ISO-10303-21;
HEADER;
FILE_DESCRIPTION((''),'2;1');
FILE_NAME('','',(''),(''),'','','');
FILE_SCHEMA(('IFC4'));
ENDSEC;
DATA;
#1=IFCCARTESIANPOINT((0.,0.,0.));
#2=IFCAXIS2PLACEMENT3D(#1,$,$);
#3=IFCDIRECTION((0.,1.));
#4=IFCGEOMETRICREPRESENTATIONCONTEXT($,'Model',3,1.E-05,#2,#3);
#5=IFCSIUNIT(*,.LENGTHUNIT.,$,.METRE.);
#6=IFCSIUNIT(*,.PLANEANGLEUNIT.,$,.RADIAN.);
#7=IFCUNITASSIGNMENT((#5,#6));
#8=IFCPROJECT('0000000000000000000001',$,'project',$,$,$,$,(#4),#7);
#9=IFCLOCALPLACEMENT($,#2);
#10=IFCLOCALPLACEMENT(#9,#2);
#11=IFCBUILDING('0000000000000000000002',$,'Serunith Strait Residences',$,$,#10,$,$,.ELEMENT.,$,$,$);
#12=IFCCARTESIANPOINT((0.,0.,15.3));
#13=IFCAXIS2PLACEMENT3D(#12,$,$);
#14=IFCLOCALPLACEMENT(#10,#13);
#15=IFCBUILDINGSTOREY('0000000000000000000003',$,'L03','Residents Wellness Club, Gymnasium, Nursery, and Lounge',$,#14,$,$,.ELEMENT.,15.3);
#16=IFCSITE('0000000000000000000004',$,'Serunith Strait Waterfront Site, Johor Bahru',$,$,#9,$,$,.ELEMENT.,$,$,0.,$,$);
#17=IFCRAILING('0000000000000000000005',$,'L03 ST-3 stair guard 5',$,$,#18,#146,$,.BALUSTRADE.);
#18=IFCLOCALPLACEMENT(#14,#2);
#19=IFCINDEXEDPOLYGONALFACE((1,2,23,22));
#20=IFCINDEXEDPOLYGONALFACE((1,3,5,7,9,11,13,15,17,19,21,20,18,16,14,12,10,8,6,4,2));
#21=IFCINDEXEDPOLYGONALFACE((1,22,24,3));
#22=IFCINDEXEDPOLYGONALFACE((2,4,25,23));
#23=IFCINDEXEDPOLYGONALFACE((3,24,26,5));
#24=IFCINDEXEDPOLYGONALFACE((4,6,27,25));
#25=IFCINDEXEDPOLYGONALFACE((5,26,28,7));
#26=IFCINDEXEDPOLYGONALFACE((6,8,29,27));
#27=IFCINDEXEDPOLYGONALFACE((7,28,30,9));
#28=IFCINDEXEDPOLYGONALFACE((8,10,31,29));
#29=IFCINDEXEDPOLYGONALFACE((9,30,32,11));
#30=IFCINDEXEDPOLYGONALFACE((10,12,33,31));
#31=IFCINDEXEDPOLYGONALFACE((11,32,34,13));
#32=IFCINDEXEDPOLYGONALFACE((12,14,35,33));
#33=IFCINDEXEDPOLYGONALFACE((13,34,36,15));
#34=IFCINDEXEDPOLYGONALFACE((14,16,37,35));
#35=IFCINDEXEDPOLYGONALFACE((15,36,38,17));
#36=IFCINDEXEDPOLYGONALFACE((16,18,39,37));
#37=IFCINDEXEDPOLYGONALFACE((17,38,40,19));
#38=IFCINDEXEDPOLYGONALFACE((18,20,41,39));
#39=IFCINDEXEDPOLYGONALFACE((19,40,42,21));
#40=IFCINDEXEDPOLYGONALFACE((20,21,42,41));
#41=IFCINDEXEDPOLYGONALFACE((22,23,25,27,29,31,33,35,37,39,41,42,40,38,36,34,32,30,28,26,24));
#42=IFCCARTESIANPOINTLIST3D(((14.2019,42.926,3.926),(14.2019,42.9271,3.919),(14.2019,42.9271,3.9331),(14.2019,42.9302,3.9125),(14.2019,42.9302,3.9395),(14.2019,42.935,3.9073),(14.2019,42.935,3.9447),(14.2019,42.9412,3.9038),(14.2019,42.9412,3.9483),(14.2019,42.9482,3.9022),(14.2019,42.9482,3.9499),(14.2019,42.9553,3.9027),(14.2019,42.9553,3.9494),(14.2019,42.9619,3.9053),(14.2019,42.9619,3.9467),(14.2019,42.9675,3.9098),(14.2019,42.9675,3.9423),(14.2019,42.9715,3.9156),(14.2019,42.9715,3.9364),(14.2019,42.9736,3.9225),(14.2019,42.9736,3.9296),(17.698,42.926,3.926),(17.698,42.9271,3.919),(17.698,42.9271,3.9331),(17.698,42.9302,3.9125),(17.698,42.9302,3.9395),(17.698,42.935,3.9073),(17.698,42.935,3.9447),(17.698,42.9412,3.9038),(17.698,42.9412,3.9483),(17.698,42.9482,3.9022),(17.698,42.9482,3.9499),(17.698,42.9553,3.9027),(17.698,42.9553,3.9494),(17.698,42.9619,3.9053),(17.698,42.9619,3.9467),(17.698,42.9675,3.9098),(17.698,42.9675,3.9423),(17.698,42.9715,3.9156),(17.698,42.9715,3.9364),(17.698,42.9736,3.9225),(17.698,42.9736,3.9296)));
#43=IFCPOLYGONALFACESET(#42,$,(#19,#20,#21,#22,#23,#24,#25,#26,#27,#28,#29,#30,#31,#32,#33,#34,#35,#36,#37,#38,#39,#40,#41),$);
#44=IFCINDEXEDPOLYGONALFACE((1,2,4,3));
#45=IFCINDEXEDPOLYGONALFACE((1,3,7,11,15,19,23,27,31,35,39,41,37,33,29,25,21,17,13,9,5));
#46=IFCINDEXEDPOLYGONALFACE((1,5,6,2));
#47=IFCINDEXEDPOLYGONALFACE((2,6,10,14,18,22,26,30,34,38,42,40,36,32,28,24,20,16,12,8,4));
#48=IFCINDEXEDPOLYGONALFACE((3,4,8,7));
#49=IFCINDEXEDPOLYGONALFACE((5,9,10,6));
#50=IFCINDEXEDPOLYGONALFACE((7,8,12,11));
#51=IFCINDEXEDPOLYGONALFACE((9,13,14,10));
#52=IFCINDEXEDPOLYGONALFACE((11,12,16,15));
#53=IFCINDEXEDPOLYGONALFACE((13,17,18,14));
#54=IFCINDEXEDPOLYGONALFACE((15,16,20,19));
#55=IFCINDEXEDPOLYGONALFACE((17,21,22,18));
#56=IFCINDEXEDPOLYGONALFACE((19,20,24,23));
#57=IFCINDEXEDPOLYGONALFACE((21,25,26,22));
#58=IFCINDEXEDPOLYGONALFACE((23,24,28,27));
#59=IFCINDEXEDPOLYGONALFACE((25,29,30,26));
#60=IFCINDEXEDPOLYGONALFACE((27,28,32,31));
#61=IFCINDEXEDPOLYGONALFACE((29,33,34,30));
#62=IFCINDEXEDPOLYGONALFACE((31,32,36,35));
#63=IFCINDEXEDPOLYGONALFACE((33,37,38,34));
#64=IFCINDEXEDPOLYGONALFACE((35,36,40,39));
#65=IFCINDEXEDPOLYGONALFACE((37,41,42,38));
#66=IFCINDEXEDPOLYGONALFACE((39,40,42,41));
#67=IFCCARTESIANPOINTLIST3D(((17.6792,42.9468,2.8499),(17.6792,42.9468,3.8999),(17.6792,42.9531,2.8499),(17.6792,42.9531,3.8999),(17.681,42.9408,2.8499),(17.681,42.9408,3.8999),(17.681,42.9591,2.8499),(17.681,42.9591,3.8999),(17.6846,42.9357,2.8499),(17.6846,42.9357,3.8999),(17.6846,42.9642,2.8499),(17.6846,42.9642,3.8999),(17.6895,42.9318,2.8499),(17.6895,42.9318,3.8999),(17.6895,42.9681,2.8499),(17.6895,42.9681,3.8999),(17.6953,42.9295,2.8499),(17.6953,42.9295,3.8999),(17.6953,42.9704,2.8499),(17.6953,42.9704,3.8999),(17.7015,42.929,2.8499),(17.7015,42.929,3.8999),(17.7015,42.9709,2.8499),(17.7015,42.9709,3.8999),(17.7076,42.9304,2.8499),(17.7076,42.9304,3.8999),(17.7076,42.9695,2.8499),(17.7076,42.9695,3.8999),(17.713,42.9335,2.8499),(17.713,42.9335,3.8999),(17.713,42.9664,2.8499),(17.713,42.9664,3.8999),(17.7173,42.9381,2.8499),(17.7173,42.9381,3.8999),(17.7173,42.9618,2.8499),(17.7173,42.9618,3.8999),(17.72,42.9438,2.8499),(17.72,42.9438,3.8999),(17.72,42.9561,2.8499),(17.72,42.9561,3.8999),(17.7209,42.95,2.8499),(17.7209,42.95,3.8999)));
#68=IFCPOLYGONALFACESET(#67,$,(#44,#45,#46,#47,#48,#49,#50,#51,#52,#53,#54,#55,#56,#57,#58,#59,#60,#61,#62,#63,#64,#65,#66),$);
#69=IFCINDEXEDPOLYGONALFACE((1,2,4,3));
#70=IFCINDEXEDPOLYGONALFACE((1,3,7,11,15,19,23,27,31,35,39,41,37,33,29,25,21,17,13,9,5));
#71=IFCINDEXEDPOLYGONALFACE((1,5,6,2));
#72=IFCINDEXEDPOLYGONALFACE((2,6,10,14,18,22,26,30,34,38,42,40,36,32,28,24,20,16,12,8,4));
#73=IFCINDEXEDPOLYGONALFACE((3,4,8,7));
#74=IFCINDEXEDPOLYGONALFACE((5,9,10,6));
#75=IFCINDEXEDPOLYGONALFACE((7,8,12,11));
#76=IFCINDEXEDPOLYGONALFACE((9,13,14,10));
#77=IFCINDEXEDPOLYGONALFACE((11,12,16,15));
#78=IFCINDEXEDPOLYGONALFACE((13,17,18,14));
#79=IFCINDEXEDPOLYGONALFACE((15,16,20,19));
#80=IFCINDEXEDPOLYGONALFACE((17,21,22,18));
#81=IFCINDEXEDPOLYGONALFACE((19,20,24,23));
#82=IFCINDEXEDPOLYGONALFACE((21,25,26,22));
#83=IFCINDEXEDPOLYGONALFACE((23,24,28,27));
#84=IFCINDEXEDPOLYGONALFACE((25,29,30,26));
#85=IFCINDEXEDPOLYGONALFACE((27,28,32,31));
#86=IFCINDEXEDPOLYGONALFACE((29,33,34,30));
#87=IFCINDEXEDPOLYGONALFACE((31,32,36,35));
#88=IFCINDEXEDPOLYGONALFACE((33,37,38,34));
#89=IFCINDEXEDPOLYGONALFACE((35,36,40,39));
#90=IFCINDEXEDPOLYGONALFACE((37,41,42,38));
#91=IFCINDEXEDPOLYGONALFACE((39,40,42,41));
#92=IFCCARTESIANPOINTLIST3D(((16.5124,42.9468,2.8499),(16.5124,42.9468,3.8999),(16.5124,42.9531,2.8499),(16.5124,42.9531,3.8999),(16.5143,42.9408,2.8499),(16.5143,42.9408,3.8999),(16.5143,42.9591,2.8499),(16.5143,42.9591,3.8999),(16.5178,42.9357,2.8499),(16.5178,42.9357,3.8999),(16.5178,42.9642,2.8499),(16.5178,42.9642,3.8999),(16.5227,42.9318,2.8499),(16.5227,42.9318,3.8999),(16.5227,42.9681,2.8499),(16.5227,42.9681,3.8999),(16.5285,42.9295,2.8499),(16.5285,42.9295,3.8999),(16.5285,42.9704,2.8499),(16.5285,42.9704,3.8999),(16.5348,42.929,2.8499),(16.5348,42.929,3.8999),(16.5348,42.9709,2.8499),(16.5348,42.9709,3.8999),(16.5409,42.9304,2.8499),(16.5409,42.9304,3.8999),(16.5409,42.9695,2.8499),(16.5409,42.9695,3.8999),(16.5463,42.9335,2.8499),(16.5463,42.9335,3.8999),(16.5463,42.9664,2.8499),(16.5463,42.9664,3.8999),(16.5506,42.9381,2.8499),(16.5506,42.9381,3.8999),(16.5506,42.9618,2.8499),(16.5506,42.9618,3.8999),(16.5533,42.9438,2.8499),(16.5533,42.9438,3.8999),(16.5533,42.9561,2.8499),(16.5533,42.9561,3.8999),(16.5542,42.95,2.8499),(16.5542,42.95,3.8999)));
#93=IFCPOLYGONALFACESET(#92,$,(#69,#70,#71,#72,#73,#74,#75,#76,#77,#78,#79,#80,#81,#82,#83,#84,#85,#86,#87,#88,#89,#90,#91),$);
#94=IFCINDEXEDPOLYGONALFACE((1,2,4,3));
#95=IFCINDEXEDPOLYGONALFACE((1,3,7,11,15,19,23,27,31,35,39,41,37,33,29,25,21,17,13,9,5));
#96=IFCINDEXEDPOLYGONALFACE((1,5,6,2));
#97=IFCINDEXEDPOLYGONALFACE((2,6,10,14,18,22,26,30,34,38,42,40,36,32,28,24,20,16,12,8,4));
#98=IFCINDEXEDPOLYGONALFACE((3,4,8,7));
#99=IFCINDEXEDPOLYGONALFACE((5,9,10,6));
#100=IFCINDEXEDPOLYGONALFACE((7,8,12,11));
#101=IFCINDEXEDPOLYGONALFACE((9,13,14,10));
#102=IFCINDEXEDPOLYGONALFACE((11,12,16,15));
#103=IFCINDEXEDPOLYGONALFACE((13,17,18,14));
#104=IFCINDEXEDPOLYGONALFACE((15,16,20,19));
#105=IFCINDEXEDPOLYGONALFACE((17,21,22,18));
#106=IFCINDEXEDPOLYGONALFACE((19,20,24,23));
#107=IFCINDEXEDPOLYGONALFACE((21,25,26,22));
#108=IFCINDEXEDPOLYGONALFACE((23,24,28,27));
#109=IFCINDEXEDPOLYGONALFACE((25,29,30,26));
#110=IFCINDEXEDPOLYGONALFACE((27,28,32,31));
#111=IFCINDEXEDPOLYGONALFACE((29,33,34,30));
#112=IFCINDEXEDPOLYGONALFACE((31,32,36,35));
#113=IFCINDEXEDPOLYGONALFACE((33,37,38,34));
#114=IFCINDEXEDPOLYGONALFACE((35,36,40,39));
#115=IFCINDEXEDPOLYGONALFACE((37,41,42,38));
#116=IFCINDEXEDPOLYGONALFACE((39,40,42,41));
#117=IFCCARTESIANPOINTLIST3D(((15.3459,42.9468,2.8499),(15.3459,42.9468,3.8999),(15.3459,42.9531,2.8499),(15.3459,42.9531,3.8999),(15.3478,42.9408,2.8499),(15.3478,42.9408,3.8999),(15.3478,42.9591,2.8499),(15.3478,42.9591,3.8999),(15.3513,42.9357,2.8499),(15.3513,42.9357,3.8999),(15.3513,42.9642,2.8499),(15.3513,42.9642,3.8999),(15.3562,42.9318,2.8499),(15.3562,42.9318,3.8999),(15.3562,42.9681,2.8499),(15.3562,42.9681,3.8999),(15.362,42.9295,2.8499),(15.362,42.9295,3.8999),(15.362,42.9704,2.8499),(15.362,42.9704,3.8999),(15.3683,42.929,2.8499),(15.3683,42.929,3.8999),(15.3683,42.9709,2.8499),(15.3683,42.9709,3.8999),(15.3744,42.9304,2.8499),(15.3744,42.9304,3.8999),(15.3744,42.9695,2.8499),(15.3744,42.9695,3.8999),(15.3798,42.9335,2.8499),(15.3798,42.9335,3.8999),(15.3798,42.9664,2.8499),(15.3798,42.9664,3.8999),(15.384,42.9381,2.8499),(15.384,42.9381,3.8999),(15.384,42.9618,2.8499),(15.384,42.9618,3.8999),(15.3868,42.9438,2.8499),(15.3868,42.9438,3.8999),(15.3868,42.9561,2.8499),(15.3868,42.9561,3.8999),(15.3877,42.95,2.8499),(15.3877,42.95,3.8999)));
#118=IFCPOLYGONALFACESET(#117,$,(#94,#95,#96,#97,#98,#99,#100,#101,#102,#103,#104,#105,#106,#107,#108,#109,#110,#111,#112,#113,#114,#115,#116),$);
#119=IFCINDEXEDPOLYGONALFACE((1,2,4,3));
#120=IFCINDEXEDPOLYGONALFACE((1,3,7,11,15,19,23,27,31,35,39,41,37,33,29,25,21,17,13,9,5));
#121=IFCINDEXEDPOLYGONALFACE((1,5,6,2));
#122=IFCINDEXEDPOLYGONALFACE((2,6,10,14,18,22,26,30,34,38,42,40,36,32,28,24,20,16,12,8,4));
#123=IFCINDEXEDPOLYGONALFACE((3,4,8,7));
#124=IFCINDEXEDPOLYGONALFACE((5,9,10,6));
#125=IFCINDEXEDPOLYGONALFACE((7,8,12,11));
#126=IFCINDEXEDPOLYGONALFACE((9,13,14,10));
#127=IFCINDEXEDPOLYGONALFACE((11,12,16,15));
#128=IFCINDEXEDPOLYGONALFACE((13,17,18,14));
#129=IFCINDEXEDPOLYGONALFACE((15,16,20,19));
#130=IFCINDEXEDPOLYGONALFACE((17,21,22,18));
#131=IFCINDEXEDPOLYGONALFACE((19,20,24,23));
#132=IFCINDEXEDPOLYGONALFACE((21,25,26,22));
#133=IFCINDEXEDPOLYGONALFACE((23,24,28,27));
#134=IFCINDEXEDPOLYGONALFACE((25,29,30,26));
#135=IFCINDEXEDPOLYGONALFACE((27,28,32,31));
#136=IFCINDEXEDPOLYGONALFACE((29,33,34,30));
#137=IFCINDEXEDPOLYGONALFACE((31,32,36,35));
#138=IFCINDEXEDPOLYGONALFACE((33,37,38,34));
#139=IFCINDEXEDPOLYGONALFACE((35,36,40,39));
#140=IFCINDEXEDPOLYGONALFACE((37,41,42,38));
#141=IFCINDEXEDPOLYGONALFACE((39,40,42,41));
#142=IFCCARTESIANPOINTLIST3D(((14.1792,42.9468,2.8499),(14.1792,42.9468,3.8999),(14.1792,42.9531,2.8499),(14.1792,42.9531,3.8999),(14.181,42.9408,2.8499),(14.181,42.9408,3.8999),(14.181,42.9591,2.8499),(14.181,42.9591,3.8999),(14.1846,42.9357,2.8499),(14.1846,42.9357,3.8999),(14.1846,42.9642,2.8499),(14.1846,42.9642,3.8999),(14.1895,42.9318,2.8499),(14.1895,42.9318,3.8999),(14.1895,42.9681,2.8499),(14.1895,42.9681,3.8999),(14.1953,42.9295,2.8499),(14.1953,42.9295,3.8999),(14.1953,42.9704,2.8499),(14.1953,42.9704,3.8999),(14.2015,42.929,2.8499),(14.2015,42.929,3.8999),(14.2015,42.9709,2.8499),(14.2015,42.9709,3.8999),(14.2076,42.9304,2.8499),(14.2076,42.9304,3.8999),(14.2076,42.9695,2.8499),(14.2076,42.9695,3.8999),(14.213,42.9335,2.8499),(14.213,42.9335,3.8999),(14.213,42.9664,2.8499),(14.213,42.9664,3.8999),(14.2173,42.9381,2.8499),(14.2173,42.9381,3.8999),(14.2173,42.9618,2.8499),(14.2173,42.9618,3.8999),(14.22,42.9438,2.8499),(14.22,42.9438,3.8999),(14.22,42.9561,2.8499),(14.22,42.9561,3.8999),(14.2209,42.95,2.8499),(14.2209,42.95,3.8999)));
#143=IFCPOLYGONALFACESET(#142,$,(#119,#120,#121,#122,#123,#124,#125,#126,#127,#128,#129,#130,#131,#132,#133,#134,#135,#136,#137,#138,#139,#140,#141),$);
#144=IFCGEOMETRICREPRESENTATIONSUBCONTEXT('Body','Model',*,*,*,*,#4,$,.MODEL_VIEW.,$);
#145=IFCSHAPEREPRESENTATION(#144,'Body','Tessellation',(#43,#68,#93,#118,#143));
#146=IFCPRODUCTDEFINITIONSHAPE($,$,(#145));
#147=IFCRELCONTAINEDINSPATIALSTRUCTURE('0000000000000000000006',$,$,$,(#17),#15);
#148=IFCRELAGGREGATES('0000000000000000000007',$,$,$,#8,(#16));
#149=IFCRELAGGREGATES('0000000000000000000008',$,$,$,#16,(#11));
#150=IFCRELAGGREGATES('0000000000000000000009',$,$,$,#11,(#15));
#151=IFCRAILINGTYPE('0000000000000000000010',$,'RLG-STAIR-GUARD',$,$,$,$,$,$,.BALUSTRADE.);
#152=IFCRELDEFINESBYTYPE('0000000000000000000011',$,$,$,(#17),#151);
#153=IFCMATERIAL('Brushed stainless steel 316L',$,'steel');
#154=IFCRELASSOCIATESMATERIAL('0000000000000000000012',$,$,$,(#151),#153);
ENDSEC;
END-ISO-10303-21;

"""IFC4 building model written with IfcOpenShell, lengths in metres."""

from ifc_helpers import new_model, si_unit, direction, frame, origin, origin_2d, place, context, subcontext, project, spatial, circle, extrude, material, type_object, element, save


model = new_model("IFC4")

# Units and contexts
model_context = context("Model", 3, precision=1e-05, world=origin(), true_north=direction((0.0, 1.0)))
body_context = subcontext(model_context, "Body", "Model", "MODEL_VIEW")
ifc_project = project(units=[si_unit("LENGTHUNIT", "METRE"), si_unit("PLANEANGLEUNIT", "RADIAN")], contexts=[model_context])

# Site, building, storey
site_placement = place(None, origin())
site = spatial("IfcSite", under=ifc_project, at=site_placement, Name="Serunith Strait Waterfront Site, Johor Bahru", CompositionType="ELEMENT", RefElevation=0.0)
building_placement = place(site_placement, origin())
building = spatial("IfcBuilding", under=site, at=building_placement, Name="Serunith Strait Residences", CompositionType="ELEMENT")
storey_placement = place(building_placement, frame((0.0, 0.0, 15.3)))
storey = spatial("IfcBuildingStorey", under=building, at=storey_placement, Name="L03", Description="Residents Wellness Club, Gymnasium, Nursery, and Lounge", CompositionType="ELEMENT", Elevation=15.3)

# Railing
ifc_material_1 = material(Name="Brushed stainless steel 316L", Category="steel")
railing_type_1 = type_object("IfcRailingType", Name="RLG-STAIR-GUARD", PredefinedType="BALUSTRADE", material=ifc_material_1)
railing_1_placement = place(storey_placement, frame((17.7, 42.95, 2.8499)))
element("IfcRailing", 1, at=railing_1_placement, inside=storey, type_object=railing_type_1, Name="L03 ST-3 stair guard 5", PredefinedType="BALUSTRADE", context=body_context, shape_type="SweptSolid", body=[
    extrude(circle(Radius=0.0239, at=origin_2d()), frame((-0.002, 0.0, 1.0762), z_axis=(-1.0, 0.0, 0.0), x_axis=(0.0, -1.0, 0.0)), (0.0, 0.0, 1.0), 3.4961),
    extrude(circle(Radius=0.021, at=origin_2d()), origin(), (0.0, 0.0, 1.0), 1.05),
    extrude(circle(Radius=0.021, at=origin_2d()), frame((-1.1667, 0.0, 0.0)), (0.0, 0.0, 1.0), 1.05),
    extrude(circle(Radius=0.021, at=origin_2d()), frame((-2.3333, 0.0, 0.0)), (0.0, 0.0, 1.0), 1.05),
    extrude(circle(Radius=0.021, at=origin_2d()), frame((-3.5, 0.0, 0.0)), (0.0, 0.0, 1.0), 1.05),
])

save(model, "model.ifc")
